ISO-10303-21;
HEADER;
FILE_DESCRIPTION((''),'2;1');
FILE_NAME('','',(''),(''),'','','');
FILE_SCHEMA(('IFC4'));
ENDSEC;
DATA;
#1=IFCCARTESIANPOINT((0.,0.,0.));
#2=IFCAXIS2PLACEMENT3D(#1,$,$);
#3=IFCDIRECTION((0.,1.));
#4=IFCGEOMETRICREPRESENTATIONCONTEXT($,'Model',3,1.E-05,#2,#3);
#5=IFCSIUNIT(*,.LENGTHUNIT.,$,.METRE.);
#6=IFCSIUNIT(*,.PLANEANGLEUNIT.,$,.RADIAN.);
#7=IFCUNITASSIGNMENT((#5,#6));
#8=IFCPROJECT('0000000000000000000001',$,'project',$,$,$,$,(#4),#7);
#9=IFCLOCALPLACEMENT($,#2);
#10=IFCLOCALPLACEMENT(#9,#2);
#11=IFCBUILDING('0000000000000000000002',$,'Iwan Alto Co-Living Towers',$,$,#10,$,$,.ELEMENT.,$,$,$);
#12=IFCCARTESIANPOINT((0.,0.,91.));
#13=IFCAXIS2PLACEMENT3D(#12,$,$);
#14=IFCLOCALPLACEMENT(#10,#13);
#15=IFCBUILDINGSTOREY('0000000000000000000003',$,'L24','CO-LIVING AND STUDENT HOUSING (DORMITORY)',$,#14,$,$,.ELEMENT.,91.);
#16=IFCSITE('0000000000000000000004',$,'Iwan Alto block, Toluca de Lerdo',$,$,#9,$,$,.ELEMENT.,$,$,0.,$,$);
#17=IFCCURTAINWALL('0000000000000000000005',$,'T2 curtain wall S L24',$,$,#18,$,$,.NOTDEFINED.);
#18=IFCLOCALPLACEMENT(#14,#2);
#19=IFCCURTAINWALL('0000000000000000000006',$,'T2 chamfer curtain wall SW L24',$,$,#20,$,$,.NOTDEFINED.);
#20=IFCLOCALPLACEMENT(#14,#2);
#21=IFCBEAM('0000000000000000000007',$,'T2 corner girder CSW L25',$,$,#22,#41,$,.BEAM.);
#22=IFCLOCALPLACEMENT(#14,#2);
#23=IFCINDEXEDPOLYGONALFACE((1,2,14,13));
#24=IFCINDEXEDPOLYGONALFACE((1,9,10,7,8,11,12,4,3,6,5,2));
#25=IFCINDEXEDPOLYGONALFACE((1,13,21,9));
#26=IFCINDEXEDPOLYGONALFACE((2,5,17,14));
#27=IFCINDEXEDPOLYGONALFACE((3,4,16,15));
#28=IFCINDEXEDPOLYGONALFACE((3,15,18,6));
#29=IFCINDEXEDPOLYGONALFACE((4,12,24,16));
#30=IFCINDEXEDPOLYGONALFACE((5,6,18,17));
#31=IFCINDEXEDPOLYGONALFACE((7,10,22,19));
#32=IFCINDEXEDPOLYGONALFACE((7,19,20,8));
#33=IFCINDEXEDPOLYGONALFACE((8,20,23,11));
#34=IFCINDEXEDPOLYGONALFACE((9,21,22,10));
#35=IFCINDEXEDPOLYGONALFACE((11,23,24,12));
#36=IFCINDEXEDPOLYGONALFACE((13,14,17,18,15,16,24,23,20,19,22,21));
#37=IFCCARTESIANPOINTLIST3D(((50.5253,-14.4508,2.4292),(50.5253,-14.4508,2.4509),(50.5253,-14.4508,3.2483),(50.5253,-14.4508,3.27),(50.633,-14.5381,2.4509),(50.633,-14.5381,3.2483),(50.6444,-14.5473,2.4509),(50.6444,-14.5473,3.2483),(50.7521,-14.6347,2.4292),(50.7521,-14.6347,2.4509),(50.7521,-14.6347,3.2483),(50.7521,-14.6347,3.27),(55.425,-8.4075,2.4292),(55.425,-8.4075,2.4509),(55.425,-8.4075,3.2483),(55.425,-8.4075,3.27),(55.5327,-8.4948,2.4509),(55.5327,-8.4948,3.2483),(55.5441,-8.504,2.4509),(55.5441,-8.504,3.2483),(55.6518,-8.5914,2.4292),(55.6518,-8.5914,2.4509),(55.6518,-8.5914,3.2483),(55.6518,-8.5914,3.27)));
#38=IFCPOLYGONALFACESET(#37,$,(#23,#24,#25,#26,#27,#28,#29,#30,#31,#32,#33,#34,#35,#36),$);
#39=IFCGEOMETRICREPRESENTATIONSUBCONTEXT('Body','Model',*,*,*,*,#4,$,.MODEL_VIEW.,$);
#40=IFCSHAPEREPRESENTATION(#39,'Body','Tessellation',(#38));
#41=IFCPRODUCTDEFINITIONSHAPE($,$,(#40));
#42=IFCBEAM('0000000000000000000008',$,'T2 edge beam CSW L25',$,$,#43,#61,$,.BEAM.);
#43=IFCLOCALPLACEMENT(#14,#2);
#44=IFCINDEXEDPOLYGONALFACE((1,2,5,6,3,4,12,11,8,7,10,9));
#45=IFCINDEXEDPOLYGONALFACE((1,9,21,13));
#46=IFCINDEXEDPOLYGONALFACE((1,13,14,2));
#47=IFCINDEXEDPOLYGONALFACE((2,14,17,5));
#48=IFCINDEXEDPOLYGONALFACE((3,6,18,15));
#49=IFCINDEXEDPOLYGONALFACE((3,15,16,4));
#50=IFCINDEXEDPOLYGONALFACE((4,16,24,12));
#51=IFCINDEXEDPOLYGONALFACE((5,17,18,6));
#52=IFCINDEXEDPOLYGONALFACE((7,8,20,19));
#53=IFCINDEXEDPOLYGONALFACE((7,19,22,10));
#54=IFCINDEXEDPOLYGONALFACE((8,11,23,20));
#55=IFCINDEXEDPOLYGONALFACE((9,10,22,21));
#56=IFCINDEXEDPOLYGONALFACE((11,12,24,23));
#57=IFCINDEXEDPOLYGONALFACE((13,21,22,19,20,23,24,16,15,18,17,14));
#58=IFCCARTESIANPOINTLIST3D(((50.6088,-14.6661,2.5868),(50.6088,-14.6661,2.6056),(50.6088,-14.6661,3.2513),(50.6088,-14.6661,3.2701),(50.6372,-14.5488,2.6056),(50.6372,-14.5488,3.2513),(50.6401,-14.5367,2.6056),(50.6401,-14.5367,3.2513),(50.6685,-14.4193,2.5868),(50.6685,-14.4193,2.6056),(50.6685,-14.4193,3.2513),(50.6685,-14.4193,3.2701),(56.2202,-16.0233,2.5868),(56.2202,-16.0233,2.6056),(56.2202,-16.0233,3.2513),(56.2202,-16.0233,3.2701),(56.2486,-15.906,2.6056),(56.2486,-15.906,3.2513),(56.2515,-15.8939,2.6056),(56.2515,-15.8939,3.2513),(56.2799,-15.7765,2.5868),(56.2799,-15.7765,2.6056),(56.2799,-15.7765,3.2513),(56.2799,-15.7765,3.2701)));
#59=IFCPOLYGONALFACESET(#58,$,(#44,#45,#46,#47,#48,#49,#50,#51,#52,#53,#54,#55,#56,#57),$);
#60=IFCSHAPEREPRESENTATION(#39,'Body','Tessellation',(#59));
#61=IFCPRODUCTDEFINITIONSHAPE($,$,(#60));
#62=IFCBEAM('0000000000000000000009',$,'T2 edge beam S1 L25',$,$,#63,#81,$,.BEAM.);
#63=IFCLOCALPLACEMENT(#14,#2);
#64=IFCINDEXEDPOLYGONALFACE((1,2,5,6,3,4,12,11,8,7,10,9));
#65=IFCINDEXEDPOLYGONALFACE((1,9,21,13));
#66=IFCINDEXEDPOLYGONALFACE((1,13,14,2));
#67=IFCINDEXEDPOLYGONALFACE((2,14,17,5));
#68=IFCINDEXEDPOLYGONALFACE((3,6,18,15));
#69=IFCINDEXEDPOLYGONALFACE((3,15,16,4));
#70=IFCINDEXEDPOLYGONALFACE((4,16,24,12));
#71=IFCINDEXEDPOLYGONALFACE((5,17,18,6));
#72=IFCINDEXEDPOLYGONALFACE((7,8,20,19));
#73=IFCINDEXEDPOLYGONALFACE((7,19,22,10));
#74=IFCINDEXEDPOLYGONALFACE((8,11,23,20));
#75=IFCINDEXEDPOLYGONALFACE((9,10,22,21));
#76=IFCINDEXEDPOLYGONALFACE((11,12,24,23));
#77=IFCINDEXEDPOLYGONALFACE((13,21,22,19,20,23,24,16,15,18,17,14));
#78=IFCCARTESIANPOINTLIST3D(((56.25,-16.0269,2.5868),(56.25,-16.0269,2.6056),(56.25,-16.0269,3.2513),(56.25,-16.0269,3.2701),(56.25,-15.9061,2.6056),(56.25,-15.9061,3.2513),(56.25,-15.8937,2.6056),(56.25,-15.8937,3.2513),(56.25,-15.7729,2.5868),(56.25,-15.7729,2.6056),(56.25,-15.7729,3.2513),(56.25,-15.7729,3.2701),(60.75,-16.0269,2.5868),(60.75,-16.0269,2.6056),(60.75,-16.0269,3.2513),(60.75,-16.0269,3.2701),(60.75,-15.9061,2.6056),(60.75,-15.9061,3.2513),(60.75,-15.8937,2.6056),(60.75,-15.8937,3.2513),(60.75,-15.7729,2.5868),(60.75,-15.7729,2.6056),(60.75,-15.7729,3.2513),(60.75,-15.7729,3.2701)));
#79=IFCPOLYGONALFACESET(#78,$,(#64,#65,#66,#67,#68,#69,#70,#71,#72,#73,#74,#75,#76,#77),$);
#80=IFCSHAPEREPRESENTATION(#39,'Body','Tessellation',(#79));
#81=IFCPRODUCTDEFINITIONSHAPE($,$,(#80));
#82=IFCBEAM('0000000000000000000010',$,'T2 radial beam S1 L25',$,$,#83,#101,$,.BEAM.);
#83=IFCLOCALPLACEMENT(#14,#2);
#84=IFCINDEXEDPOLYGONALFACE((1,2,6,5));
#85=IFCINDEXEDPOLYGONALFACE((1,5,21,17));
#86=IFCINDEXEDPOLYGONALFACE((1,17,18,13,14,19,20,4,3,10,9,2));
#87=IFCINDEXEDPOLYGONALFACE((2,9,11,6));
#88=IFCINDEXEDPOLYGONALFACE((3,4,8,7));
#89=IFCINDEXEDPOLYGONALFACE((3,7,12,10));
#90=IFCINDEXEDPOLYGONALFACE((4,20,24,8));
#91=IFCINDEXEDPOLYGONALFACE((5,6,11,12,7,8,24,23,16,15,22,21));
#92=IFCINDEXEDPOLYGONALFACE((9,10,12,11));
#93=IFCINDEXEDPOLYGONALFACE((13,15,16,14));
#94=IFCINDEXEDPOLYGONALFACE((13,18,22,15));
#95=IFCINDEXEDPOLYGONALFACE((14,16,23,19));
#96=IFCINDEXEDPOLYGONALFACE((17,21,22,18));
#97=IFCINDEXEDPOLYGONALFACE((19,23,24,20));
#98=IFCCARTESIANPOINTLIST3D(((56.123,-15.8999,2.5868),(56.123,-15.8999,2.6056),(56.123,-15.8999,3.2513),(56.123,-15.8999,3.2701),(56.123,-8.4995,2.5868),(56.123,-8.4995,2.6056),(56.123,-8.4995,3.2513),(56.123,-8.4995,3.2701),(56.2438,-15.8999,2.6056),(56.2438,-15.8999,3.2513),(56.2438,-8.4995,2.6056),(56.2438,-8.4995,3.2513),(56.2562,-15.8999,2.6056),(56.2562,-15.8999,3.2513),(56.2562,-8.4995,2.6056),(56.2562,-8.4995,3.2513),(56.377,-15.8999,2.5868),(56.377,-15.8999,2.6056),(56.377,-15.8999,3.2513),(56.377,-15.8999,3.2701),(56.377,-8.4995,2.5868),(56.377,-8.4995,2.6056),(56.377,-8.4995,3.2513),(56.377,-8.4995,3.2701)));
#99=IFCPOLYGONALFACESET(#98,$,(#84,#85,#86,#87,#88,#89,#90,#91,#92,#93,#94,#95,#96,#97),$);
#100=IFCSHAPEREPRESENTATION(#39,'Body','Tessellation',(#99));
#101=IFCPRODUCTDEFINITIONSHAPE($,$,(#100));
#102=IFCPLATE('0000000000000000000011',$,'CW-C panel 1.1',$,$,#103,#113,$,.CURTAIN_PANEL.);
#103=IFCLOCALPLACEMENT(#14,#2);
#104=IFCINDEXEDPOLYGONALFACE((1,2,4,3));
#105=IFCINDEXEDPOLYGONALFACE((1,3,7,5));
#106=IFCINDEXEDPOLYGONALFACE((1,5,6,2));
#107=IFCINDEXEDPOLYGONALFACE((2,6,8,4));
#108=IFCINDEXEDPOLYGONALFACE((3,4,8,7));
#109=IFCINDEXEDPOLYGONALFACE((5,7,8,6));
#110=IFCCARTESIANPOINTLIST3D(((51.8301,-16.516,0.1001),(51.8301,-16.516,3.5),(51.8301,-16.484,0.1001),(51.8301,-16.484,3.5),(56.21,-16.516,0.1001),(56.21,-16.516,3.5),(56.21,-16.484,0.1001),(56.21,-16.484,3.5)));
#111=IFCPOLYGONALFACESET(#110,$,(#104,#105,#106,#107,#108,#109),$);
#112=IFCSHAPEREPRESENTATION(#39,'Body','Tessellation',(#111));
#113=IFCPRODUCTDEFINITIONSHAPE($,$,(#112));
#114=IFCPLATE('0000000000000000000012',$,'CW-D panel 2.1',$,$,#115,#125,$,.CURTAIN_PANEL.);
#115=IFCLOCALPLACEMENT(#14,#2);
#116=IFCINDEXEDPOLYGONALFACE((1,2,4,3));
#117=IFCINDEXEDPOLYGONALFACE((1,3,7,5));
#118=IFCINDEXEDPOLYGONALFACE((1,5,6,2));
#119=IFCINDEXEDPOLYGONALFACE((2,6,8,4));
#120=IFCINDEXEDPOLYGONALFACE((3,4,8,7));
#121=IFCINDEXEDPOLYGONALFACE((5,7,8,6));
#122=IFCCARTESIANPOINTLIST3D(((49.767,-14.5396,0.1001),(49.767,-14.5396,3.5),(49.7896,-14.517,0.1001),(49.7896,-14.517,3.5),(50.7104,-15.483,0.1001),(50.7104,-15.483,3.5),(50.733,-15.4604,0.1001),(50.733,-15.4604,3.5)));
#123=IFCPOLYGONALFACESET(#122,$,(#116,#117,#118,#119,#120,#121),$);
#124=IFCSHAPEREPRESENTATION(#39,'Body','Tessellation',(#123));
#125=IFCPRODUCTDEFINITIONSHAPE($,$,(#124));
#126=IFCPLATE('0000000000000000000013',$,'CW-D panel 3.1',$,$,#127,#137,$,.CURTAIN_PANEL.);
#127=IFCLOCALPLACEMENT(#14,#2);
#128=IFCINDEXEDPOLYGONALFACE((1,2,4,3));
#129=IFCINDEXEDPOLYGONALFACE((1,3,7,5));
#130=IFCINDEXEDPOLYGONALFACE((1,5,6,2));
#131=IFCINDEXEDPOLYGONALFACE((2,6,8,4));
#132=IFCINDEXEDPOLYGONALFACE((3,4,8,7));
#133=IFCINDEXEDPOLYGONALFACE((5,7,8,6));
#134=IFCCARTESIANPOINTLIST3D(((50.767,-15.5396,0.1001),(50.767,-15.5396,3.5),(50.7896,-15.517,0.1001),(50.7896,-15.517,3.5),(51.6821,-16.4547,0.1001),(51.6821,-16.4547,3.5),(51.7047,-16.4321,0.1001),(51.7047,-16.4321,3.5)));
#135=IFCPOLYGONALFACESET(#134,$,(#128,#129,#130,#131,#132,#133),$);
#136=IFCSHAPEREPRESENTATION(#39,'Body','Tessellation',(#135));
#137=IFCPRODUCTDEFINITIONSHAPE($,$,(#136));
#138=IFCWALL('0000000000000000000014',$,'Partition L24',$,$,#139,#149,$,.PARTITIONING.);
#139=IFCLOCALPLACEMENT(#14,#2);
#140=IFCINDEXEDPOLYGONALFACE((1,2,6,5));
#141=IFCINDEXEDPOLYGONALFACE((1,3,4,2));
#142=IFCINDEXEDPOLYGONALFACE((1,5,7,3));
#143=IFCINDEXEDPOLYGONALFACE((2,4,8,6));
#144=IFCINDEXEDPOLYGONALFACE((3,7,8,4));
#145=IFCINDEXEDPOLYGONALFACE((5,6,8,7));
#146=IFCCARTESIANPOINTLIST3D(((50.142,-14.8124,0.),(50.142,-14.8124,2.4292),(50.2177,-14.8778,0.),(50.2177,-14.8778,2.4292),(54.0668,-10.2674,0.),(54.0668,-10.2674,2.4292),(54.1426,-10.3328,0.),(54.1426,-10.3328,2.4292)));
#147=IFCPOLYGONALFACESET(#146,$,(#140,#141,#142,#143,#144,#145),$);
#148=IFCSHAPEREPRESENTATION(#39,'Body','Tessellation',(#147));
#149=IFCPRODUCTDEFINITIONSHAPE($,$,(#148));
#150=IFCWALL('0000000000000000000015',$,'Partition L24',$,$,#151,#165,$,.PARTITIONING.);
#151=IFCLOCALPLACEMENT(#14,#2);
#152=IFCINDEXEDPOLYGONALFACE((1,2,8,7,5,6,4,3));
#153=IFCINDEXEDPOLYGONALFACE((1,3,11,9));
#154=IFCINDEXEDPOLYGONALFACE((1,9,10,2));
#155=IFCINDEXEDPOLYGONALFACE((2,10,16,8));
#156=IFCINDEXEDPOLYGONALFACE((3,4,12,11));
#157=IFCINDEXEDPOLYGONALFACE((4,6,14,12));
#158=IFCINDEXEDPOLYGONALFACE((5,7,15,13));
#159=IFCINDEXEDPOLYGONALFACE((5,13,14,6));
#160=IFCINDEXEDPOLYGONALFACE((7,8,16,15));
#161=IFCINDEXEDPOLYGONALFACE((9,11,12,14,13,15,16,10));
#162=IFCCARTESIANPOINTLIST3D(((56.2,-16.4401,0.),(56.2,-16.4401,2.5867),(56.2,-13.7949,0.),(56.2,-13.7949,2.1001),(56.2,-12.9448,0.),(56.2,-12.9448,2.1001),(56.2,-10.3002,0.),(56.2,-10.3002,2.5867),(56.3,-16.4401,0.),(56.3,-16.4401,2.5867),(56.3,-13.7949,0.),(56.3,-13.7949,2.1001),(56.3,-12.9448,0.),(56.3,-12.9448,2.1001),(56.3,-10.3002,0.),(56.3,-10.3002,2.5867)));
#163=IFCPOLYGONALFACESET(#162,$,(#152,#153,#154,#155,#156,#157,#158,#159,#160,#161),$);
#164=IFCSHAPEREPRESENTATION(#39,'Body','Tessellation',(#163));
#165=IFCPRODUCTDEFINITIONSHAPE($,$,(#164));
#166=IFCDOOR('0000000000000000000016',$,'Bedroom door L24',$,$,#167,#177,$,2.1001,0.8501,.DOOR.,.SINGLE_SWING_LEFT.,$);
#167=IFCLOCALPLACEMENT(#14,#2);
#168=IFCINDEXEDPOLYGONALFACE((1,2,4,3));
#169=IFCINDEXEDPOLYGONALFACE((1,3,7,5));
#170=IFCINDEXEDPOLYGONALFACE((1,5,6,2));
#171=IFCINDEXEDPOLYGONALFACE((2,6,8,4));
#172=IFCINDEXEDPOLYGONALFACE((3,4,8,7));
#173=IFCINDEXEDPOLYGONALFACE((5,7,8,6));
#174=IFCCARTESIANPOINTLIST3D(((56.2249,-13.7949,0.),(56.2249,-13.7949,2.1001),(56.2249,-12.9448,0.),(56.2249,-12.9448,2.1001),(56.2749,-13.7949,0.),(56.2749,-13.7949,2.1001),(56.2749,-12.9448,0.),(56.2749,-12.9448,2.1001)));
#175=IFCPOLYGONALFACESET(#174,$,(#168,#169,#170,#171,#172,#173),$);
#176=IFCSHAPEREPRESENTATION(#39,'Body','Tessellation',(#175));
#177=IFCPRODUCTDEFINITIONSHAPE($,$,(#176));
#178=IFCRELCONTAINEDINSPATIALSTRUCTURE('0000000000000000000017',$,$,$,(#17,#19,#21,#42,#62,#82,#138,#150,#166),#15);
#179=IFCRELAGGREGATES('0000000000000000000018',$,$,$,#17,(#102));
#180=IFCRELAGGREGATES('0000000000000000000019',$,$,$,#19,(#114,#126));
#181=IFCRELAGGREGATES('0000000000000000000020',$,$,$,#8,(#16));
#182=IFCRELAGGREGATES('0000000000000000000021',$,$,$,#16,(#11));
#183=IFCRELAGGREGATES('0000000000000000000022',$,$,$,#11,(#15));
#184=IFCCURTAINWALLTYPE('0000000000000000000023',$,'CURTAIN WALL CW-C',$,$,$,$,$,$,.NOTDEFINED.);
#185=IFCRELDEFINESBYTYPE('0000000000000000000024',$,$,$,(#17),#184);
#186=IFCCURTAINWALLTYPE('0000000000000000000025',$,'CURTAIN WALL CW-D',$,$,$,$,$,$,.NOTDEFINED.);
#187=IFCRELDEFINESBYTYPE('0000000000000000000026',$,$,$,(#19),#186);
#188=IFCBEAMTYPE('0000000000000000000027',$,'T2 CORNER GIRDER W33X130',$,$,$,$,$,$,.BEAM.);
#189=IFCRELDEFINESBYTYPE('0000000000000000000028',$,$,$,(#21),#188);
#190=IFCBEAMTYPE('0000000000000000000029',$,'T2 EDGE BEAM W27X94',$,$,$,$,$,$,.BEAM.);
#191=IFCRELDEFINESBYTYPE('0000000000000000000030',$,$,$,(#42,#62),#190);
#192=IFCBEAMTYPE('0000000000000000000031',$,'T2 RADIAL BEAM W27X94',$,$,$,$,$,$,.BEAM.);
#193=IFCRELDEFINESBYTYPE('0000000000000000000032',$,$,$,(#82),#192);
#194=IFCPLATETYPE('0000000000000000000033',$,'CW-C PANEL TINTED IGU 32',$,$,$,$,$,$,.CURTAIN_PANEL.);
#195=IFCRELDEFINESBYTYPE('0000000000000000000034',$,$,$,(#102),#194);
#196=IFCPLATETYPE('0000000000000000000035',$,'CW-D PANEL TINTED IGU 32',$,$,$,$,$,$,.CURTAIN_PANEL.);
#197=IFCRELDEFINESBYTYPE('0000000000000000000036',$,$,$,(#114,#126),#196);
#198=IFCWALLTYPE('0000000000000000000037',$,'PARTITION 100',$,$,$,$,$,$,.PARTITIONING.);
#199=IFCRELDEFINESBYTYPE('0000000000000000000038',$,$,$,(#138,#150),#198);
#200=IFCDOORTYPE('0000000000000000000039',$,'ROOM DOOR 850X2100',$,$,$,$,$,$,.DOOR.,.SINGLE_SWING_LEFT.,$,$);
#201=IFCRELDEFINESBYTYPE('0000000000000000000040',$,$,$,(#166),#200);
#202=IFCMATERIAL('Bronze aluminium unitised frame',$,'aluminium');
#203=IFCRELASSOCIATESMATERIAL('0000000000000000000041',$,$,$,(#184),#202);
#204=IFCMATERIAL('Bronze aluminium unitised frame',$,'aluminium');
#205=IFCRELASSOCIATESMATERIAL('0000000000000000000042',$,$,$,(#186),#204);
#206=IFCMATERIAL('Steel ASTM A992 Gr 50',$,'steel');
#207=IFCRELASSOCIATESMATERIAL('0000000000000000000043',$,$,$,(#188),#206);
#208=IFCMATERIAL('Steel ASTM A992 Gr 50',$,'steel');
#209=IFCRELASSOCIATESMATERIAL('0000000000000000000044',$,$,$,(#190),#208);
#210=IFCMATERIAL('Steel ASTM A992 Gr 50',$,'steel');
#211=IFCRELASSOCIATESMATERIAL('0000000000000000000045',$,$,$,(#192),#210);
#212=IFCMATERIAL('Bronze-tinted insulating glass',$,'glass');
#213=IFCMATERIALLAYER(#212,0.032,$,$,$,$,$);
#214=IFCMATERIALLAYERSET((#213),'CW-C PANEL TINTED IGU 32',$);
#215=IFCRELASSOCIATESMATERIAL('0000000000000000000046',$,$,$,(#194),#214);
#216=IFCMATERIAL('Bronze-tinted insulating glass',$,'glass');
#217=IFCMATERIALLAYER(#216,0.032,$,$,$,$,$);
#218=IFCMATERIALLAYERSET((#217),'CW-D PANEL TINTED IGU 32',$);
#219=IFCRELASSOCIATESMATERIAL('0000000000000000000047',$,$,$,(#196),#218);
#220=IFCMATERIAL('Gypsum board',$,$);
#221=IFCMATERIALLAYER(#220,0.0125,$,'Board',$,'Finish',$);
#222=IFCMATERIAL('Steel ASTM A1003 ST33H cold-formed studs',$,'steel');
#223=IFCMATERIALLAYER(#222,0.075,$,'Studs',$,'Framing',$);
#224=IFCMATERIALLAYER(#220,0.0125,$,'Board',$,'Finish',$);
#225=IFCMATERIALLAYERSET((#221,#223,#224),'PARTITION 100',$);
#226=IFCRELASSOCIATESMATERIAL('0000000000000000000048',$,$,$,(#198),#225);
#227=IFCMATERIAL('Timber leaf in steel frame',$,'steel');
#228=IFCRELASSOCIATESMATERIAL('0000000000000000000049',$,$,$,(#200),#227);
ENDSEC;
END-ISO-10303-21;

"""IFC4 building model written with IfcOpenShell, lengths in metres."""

from ifc_helpers import new_model, si_unit, direction, frame, frame_2d, origin, origin_2d, place, context, subcontext, project, spatial, rectangle, i_section, extrude, material, layer, layer_set, material_profile, profile_set, type_object, element, fill, aggregate, save


model = new_model("IFC4")

# Units and contexts
model_context = context("Model", 3, precision=1e-05, world=origin(), true_north=direction((0.0, 1.0)))
body_context = subcontext(model_context, "Body", "Model", "MODEL_VIEW")
ifc_project = project(units=[si_unit("LENGTHUNIT", "METRE"), si_unit("PLANEANGLEUNIT", "RADIAN")], contexts=[model_context])

# Site, building, storey
site_placement = place(None, origin())
site = spatial("IfcSite", under=ifc_project, at=site_placement, Name="Iwan Alto block, Toluca de Lerdo", CompositionType="ELEMENT", RefElevation=0.0)
building_placement = place(site_placement, origin())
building = spatial("IfcBuilding", under=site, at=building_placement, Name="Iwan Alto Co-Living Towers", CompositionType="ELEMENT")
storey_placement = place(building_placement, frame((0.0, 0.0, 91.0)))
storey = spatial("IfcBuildingStorey", under=building, at=storey_placement, Name="L24", Description="CO-LIVING AND STUDENT HOUSING (DORMITORY)", CompositionType="ELEMENT", Elevation=91.0)

# Curtain walls
ifc_material_1 = material(Name="Bronze aluminium unitised frame", Category="aluminium")
curtain_wall_type_1 = type_object("IfcCurtainWallType", Name="CURTAIN WALL CW-C", PredefinedType="NOTDEFINED", material=ifc_material_1)
curtain_wall_1_placement = place(storey_placement, origin())
curtain_wall_1 = element("IfcCurtainWall", 1, at=curtain_wall_1_placement, inside=storey, type_object=curtain_wall_type_1, Name="T2 curtain wall S L24", PredefinedType="NOTDEFINED")
ifc_material_2 = material(Name="Bronze aluminium unitised frame", Category="aluminium")
curtain_wall_type_2 = type_object("IfcCurtainWallType", Name="CURTAIN WALL CW-D", PredefinedType="NOTDEFINED", material=ifc_material_2)
curtain_wall_2_placement = place(storey_placement, origin())
curtain_wall_2 = element("IfcCurtainWall", 2, at=curtain_wall_2_placement, inside=storey, type_object=curtain_wall_type_2, Name="T2 chamfer curtain wall SW L24", PredefinedType="NOTDEFINED")

# Beams
ifc_material_3 = material(Name="Steel ASTM A992 Gr 50", Category="steel")
ifc_material_profile_1 = material_profile(ifc_material_3, i_section(OverallWidth=0.292, OverallDepth=0.8408, WebThickness=0.0146, FlangeThickness=0.0217, at=origin_2d()), Name="W33X130")
ifc_profile_set_1 = profile_set([ifc_material_profile_1], Name="Steel ASTM A992 Gr 50")
beam_type_1 = type_object("IfcBeamType", Name="T2 CORNER GIRDER W33X130", PredefinedType="BEAM", material=ifc_profile_set_1)
beam_1_placement = place(storey_placement, frame((50.6387, -14.5427, 2.8496), z_axis=(0.629783, 0.776771, 0.0), x_axis=(-0.776771, 0.629783, 0.0)))
element("IfcBeam", 3, at=beam_1_placement, inside=storey, type_object=beam_type_1, Name="T2 corner girder CSW L25", PredefinedType="BEAM", context=body_context, shape_type="SweptSolid", body=[
    extrude(i_section(OverallWidth=0.292, OverallDepth=0.8408, WebThickness=0.0146, FlangeThickness=0.0217, at=origin_2d()), origin(), (0.0, 0.0, 1.0), 7.78),
])
ifc_material_4 = material(Name="Steel ASTM A992 Gr 50", Category="steel")
ifc_material_profile_2 = material_profile(ifc_material_4, i_section(OverallWidth=0.2539, OverallDepth=0.6833, WebThickness=0.0125, FlangeThickness=0.0188, at=origin_2d()), Name="W27X94")
ifc_profile_set_2 = profile_set([ifc_material_profile_2], Name="Steel ASTM A992 Gr 50")
beam_type_2 = type_object("IfcBeamType", Name="T2 EDGE BEAM W27X94", PredefinedType="BEAM", material=ifc_profile_set_2)
beam_2_placement = place(storey_placement, frame((50.6387, -14.5427, 2.9285), z_axis=(0.971975, -0.235086, 0.0), x_axis=(0.235086, 0.971975, 0.0)))
element("IfcBeam", 4, at=beam_2_placement, inside=storey, type_object=beam_type_2, Name="T2 edge beam CSW L25", PredefinedType="BEAM", context=body_context, shape_type="SweptSolid", body=[
    extrude(i_section(OverallWidth=0.2539, OverallDepth=0.6833, WebThickness=0.0125, FlangeThickness=0.0188, at=origin_2d()), origin(), (0.0, 0.0, 1.0), 5.7732),
])
beam_3_placement = place(storey_placement, frame((56.25, -15.8999, 2.9285), z_axis=(1.0, 0.0, 0.0), x_axis=(0.0, 1.0, 0.0)))
element("IfcBeam", 5, at=beam_3_placement, inside=storey, type_object=beam_type_2, Name="T2 edge beam S1 L25", PredefinedType="BEAM", context=body_context, shape_type="SweptSolid", body=[
    extrude(i_section(OverallWidth=0.2539, OverallDepth=0.6833, WebThickness=0.0125, FlangeThickness=0.0188, at=origin_2d()), origin(), (0.0, 0.0, 1.0), 4.5),
])
ifc_material_5 = material(Name="Steel ASTM A992 Gr 50", Category="steel")
ifc_material_profile_3 = material_profile(ifc_material_5, i_section(OverallWidth=0.2539, OverallDepth=0.6833, WebThickness=0.0125, FlangeThickness=0.0188, at=origin_2d()), Name="W27X94")
ifc_profile_set_3 = profile_set([ifc_material_profile_3], Name="Steel ASTM A992 Gr 50")
beam_type_3 = type_object("IfcBeamType", Name="T2 RADIAL BEAM W27X94", PredefinedType="BEAM", material=ifc_profile_set_3)
beam_4_placement = place(storey_placement, frame((56.25, -15.8999, 2.9285), z_axis=(0.0, 1.0, 0.0), x_axis=(-1.0, 0.0, 0.0)))
element("IfcBeam", 6, at=beam_4_placement, inside=storey, type_object=beam_type_3, Name="T2 radial beam S1 L25", PredefinedType="BEAM", context=body_context, shape_type="SweptSolid", body=[
    extrude(i_section(OverallWidth=0.2539, OverallDepth=0.6833, WebThickness=0.0125, FlangeThickness=0.0188, at=origin_2d()), origin(), (0.0, 0.0, 1.0), 7.4004),
])

# Plates
ifc_material_6 = material(Name="Bronze-tinted insulating glass", Category="glass")
ifc_layer_1 = layer(ifc_material_6, 0.032)
ifc_layer_set_1 = layer_set([ifc_layer_1], Name="CW-C PANEL TINTED IGU 32")
plate_type_1 = type_object("IfcPlateType", Name="CW-C PANEL TINTED IGU 32", PredefinedType="CURTAIN_PANEL", material=ifc_layer_set_1)
plate_1_placement = place(storey_placement, frame((54.02, -16.5, 0.1001), z_axis=(0.0, 0.0, 1.0), x_axis=(1.0, 0.0, 0.0)))
plate_1 = element("IfcPlate", 7, at=plate_1_placement, type_object=plate_type_1, Name="CW-C panel 1.1", PredefinedType="CURTAIN_PANEL", context=body_context, shape_type="SweptSolid", body=[
    extrude(rectangle(XDim=4.3799, YDim=0.032, at=origin_2d()), origin(), (0.0, 0.0, 1.0), 3.3999),
])
aggregate(curtain_wall_1, [plate_1])
ifc_material_7 = material(Name="Bronze-tinted insulating glass", Category="glass")
ifc_layer_2 = layer(ifc_material_7, 0.032)
ifc_layer_set_2 = layer_set([ifc_layer_2], Name="CW-D PANEL TINTED IGU 32")
plate_type_2 = type_object("IfcPlateType", Name="CW-D PANEL TINTED IGU 32", PredefinedType="CURTAIN_PANEL", material=ifc_layer_set_2)
plate_2_placement = place(storey_placement, frame((50.25, -15.0, 0.1001), z_axis=(0.0, 0.0, 1.0), x_axis=(0.707107, -0.707107, 0.0)))
plate_2 = element("IfcPlate", 8, at=plate_2_placement, type_object=plate_type_2, Name="CW-D panel 2.1", PredefinedType="CURTAIN_PANEL", context=body_context, shape_type="SweptSolid", body=[
    extrude(rectangle(XDim=1.3342, YDim=0.032, at=origin_2d()), origin(), (0.0, 0.0, 1.0), 3.3999),
])
plate_3_placement = place(storey_placement, frame((51.2358, -15.9858, 0.1001), z_axis=(0.0, 0.0, 1.0), x_axis=(0.707107, -0.707107, 0.0)))
plate_3 = element("IfcPlate", 9, at=plate_3_placement, type_object=plate_type_2, Name="CW-D panel 3.1", PredefinedType="CURTAIN_PANEL", context=body_context, shape_type="SweptSolid", body=[
    extrude(rectangle(XDim=1.2942, YDim=0.032, at=origin_2d()), origin(), (0.0, 0.0, 1.0), 3.3999),
])
aggregate(curtain_wall_2, [plate_2, plate_3])

# Wall
ifc_material_8 = material(Name="Gypsum board")
ifc_layer_3 = layer(ifc_material_8, 0.0125, Name="Board", Category="Finish")
ifc_material_9 = material(Name="Steel ASTM A1003 ST33H cold-formed studs", Category="steel")
ifc_layer_4 = layer(ifc_material_9, 0.075, Name="Studs", Category="Framing")
ifc_layer_5 = layer(ifc_material_8, 0.0125, Name="Board", Category="Finish")
ifc_layer_set_3 = layer_set([ifc_layer_3, ifc_layer_4, ifc_layer_5], Name="PARTITION 100")
wall_type = type_object("IfcWallType", Name="PARTITION 100", PredefinedType="PARTITIONING", material=ifc_layer_set_3)
wall_1_placement = place(storey_placement, frame((50.1799, -14.845, 0.0), z_axis=(0.0, 0.0, 1.0), x_axis=(0.653586, 0.756852, 0.0)))
element("IfcWall", 10, at=wall_1_placement, inside=storey, type_object=wall_type, Name="Partition L24", PredefinedType="PARTITIONING", context=body_context, shape_type="SweptSolid", body=[
    extrude(rectangle(XDim=6.0051, YDim=0.1001, at=frame_2d((3.0024, 0.0))), origin(), (0.0, 0.0, 1.0), 2.4292),
])

# Wall, opening, door
wall_2_placement = place(storey_placement, frame((56.25, -16.4399, 0.0), z_axis=(0.0, 0.0, 1.0), x_axis=(0.0, 1.0, 0.0)))
wall_2 = element("IfcWall", 11, at=wall_2_placement, inside=storey, type_object=wall_type, Name="Partition L24", PredefinedType="PARTITIONING", context=body_context, shape_type="SweptSolid", body=[
    extrude(rectangle(XDim=6.1399, YDim=0.1001, at=frame_2d((3.0698, 0.0))), origin(), (0.0, 0.0, 1.0), 2.5867),
])
opening_placement = place(wall_2_placement, frame((2.645, 0.0, 0.0)))
opening = element("IfcOpeningElement", 12, at=opening_placement, cuts=wall_2, PredefinedType="OPENING", context=body_context, shape_type="SweptSolid", body=[
    extrude(rectangle(XDim=0.8501, YDim=2.1001, at=frame_2d((0.425, 1.05))), frame((0.0, 0.0601, 0.0), z_axis=(0.0, -1.0, 0.0), x_axis=(1.0, 0.0, 0.0)), (0.0, 0.0, 1.0), 0.1201),
])
ifc_material_10 = material(Name="Timber leaf in steel frame", Category="steel")
door_type = type_object("IfcDoorType", Name="ROOM DOOR 850X2100", OperationType="SINGLE_SWING_LEFT", PredefinedType="DOOR", material=ifc_material_10)
door_placement = place(opening_placement, frame((0.8501, 0.0, 0.0), z_axis=(0.0, 0.0, 1.0), x_axis=(-1.0, 0.0, 0.0)))
door = element("IfcDoor", 13, at=door_placement, inside=storey, type_object=door_type, Name="Bedroom door L24", OperationType="SINGLE_SWING_LEFT", OverallHeight=2.1001, OverallWidth=0.8501, PredefinedType="DOOR", context=body_context, shape_type="SweptSolid", body=[
    extrude(rectangle(XDim=0.8501, YDim=2.1001, at=frame_2d((0.425, 1.05))), frame((0.0, 0.0249, 0.0), z_axis=(0.0, -1.0, 0.0), x_axis=(1.0, 0.0, 0.0)), (0.0, 0.0, 1.0), 0.05),
])
fill(opening, door)

save(model, "model.ifc")
